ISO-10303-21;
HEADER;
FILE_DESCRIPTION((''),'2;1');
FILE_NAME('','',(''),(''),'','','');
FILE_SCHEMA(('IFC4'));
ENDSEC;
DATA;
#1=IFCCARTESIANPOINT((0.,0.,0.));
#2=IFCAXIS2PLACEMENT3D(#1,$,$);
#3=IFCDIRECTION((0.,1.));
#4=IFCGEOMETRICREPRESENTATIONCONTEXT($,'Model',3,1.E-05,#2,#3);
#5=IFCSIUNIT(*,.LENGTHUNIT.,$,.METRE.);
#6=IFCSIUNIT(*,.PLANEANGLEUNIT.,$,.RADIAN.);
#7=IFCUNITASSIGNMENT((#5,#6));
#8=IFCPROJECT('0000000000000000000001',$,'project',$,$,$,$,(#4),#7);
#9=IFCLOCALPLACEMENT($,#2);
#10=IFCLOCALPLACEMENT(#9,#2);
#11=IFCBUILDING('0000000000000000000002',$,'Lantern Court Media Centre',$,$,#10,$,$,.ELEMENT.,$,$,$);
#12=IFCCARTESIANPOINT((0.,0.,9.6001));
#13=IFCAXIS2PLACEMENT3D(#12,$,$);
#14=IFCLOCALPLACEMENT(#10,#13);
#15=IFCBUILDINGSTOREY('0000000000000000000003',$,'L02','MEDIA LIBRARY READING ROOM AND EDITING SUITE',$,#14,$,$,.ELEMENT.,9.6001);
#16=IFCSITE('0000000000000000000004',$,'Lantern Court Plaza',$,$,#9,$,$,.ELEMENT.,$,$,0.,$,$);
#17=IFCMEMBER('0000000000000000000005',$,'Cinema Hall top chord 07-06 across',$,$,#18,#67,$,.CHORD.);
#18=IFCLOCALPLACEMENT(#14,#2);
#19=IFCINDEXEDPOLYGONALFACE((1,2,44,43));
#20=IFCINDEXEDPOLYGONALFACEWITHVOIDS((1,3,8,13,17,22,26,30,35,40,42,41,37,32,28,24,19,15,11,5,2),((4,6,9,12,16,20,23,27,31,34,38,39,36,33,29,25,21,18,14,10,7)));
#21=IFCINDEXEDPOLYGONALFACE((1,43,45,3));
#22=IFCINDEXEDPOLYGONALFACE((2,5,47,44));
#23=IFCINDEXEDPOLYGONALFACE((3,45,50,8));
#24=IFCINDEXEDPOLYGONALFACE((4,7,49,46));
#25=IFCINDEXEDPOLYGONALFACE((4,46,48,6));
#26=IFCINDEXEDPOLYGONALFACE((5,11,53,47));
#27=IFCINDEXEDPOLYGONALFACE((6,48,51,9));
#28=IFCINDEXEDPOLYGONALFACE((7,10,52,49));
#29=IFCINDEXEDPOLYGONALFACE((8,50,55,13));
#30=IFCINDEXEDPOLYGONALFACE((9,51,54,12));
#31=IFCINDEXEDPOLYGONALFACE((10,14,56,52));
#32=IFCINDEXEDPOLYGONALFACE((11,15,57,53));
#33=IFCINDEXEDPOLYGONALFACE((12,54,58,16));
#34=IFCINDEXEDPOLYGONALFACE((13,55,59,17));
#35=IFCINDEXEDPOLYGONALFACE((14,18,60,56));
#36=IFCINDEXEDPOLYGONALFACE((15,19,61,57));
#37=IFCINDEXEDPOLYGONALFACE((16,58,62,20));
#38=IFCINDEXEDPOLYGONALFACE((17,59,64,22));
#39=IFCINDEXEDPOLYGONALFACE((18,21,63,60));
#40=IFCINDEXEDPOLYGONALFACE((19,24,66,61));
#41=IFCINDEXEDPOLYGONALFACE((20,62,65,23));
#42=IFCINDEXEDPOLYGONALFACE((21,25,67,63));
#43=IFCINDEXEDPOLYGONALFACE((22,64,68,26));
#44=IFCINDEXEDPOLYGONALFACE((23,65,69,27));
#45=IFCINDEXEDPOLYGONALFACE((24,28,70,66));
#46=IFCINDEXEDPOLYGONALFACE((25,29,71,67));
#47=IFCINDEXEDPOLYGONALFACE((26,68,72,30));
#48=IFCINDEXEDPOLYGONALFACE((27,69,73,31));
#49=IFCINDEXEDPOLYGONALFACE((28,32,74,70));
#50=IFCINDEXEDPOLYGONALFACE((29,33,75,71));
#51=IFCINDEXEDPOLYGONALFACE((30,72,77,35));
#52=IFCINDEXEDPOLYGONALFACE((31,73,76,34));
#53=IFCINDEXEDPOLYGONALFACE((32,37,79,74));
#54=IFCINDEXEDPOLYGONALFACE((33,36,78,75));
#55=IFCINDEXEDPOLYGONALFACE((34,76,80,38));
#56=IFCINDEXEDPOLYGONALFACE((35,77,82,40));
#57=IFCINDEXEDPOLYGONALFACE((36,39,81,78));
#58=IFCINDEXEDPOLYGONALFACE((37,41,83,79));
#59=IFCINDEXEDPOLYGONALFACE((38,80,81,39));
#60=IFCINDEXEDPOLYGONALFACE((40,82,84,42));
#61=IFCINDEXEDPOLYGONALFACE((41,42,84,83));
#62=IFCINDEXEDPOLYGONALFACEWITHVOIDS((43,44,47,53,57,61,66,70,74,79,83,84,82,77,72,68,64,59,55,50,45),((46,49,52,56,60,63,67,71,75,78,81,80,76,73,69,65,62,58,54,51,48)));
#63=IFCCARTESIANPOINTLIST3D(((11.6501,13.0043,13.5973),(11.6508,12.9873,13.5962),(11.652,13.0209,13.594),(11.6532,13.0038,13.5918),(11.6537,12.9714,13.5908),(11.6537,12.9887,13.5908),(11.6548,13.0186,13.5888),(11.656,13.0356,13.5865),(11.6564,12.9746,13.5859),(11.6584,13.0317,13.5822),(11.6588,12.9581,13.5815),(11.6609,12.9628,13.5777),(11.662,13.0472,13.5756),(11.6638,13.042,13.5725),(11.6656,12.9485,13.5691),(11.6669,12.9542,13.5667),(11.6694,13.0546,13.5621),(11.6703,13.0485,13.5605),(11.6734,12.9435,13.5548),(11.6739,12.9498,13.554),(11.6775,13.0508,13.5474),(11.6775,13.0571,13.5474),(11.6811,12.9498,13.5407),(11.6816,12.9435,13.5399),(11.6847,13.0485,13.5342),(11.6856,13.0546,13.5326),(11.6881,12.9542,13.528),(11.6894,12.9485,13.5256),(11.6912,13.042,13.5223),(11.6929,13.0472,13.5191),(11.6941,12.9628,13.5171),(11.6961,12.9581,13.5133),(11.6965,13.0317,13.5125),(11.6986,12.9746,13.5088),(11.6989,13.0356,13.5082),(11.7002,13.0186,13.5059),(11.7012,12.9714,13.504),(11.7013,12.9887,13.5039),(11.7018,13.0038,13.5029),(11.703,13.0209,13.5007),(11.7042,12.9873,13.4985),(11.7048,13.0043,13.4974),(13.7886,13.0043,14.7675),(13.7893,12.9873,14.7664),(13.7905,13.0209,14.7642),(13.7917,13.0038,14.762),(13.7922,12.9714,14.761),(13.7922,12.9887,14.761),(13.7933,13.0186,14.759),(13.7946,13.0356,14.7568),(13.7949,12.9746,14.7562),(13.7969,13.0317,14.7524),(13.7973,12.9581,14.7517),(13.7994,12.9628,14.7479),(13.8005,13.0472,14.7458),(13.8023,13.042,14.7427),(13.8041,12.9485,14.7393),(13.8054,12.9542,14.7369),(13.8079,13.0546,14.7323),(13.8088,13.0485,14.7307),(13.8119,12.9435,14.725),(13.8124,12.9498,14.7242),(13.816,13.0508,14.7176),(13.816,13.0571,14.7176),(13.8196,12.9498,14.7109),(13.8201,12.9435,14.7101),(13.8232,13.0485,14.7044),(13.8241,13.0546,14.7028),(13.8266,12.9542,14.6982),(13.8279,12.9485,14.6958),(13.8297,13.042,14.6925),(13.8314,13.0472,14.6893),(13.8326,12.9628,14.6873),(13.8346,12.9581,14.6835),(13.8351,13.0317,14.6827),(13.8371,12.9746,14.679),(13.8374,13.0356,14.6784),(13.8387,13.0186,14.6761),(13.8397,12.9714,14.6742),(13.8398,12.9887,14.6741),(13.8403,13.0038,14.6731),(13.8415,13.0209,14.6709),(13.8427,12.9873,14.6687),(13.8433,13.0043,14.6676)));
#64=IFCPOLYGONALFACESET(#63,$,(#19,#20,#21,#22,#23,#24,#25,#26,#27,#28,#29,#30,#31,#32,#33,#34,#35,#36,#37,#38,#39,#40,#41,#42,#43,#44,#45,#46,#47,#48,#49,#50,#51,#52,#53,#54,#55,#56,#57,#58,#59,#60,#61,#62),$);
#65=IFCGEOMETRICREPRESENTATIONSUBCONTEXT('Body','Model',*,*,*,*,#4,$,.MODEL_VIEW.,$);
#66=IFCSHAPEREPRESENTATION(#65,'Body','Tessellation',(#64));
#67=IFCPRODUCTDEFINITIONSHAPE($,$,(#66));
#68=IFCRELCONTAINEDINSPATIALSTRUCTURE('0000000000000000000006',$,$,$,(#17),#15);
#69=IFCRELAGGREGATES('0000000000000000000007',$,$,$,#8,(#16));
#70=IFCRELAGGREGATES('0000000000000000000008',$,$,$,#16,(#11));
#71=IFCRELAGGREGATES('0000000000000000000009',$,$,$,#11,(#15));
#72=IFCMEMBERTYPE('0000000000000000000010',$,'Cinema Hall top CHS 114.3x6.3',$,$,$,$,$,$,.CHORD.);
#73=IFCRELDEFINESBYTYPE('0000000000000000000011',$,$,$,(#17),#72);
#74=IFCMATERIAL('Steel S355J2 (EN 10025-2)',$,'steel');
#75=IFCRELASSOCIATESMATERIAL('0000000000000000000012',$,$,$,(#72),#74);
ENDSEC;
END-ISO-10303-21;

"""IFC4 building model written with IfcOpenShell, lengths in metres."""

from ifc_helpers import new_model, si_unit, direction, frame, origin, origin_2d, place, context, subcontext, project, spatial, hollow_circle, extrude, material, material_profile, profile_set, type_object, element, save


model = new_model("IFC4")

# Units and contexts
model_context = context("Model", 3, precision=1e-05, world=origin(), true_north=direction((0.0, 1.0)))
body_context = subcontext(model_context, "Body", "Model", "MODEL_VIEW")
ifc_project = project(units=[si_unit("LENGTHUNIT", "METRE"), si_unit("PLANEANGLEUNIT", "RADIAN")], contexts=[model_context])

# Site, building, storey
site_placement = place(None, origin())
site = spatial("IfcSite", under=ifc_project, at=site_placement, Name="Lantern Court Plaza", CompositionType="ELEMENT", RefElevation=0.0)
building_placement = place(site_placement, origin())
building = spatial("IfcBuilding", under=site, at=building_placement, Name="Lantern Court Media Centre", CompositionType="ELEMENT")
storey_placement = place(building_placement, frame((0.0, 0.0, 9.6001)))
storey = spatial("IfcBuildingStorey", under=building, at=storey_placement, Name="L02", Description="MEDIA LIBRARY READING ROOM AND EDITING SUITE", CompositionType="ELEMENT", Elevation=9.6001)

# Member
ifc_material = material(Name="Steel S355J2 (EN 10025-2)", Category="steel")
ifc_material_profile_1 = material_profile(ifc_material, hollow_circle(Radius=0.0571, WallThickness=0.0063, at=origin_2d()), Name="Cinema Hall top CHS 114.3x6.3")
ifc_profile_set_1 = profile_set([ifc_material_profile_1], Name="Steel S355J2 (EN 10025-2)")
member_type_1 = type_object("IfcMemberType", Name="Cinema Hall top CHS 114.3x6.3", PredefinedType="CHORD", material=ifc_profile_set_1)
for number, where, z_axis, x_axis, name in (
    (1, (11.6775, 13.0, 13.5474), (0.877248, 0.0, 0.480038), (0.0, 1.0, 0.0), "Cinema Hall top chord 07-06 across"),
):
    element("IfcMember", number, at=place(storey_placement, frame(where, z_axis=z_axis, x_axis=x_axis)), inside=storey, type_object=member_type_1, Name=name, PredefinedType="CHORD", context=body_context, shape_type="SweptSolid", body=[
        extrude(hollow_circle(Radius=0.0571, WallThickness=0.0063, at=origin_2d()), origin(), (0.0, 0.0, 1.0), 2.4377),
    ])

save(model, "model.ifc")
